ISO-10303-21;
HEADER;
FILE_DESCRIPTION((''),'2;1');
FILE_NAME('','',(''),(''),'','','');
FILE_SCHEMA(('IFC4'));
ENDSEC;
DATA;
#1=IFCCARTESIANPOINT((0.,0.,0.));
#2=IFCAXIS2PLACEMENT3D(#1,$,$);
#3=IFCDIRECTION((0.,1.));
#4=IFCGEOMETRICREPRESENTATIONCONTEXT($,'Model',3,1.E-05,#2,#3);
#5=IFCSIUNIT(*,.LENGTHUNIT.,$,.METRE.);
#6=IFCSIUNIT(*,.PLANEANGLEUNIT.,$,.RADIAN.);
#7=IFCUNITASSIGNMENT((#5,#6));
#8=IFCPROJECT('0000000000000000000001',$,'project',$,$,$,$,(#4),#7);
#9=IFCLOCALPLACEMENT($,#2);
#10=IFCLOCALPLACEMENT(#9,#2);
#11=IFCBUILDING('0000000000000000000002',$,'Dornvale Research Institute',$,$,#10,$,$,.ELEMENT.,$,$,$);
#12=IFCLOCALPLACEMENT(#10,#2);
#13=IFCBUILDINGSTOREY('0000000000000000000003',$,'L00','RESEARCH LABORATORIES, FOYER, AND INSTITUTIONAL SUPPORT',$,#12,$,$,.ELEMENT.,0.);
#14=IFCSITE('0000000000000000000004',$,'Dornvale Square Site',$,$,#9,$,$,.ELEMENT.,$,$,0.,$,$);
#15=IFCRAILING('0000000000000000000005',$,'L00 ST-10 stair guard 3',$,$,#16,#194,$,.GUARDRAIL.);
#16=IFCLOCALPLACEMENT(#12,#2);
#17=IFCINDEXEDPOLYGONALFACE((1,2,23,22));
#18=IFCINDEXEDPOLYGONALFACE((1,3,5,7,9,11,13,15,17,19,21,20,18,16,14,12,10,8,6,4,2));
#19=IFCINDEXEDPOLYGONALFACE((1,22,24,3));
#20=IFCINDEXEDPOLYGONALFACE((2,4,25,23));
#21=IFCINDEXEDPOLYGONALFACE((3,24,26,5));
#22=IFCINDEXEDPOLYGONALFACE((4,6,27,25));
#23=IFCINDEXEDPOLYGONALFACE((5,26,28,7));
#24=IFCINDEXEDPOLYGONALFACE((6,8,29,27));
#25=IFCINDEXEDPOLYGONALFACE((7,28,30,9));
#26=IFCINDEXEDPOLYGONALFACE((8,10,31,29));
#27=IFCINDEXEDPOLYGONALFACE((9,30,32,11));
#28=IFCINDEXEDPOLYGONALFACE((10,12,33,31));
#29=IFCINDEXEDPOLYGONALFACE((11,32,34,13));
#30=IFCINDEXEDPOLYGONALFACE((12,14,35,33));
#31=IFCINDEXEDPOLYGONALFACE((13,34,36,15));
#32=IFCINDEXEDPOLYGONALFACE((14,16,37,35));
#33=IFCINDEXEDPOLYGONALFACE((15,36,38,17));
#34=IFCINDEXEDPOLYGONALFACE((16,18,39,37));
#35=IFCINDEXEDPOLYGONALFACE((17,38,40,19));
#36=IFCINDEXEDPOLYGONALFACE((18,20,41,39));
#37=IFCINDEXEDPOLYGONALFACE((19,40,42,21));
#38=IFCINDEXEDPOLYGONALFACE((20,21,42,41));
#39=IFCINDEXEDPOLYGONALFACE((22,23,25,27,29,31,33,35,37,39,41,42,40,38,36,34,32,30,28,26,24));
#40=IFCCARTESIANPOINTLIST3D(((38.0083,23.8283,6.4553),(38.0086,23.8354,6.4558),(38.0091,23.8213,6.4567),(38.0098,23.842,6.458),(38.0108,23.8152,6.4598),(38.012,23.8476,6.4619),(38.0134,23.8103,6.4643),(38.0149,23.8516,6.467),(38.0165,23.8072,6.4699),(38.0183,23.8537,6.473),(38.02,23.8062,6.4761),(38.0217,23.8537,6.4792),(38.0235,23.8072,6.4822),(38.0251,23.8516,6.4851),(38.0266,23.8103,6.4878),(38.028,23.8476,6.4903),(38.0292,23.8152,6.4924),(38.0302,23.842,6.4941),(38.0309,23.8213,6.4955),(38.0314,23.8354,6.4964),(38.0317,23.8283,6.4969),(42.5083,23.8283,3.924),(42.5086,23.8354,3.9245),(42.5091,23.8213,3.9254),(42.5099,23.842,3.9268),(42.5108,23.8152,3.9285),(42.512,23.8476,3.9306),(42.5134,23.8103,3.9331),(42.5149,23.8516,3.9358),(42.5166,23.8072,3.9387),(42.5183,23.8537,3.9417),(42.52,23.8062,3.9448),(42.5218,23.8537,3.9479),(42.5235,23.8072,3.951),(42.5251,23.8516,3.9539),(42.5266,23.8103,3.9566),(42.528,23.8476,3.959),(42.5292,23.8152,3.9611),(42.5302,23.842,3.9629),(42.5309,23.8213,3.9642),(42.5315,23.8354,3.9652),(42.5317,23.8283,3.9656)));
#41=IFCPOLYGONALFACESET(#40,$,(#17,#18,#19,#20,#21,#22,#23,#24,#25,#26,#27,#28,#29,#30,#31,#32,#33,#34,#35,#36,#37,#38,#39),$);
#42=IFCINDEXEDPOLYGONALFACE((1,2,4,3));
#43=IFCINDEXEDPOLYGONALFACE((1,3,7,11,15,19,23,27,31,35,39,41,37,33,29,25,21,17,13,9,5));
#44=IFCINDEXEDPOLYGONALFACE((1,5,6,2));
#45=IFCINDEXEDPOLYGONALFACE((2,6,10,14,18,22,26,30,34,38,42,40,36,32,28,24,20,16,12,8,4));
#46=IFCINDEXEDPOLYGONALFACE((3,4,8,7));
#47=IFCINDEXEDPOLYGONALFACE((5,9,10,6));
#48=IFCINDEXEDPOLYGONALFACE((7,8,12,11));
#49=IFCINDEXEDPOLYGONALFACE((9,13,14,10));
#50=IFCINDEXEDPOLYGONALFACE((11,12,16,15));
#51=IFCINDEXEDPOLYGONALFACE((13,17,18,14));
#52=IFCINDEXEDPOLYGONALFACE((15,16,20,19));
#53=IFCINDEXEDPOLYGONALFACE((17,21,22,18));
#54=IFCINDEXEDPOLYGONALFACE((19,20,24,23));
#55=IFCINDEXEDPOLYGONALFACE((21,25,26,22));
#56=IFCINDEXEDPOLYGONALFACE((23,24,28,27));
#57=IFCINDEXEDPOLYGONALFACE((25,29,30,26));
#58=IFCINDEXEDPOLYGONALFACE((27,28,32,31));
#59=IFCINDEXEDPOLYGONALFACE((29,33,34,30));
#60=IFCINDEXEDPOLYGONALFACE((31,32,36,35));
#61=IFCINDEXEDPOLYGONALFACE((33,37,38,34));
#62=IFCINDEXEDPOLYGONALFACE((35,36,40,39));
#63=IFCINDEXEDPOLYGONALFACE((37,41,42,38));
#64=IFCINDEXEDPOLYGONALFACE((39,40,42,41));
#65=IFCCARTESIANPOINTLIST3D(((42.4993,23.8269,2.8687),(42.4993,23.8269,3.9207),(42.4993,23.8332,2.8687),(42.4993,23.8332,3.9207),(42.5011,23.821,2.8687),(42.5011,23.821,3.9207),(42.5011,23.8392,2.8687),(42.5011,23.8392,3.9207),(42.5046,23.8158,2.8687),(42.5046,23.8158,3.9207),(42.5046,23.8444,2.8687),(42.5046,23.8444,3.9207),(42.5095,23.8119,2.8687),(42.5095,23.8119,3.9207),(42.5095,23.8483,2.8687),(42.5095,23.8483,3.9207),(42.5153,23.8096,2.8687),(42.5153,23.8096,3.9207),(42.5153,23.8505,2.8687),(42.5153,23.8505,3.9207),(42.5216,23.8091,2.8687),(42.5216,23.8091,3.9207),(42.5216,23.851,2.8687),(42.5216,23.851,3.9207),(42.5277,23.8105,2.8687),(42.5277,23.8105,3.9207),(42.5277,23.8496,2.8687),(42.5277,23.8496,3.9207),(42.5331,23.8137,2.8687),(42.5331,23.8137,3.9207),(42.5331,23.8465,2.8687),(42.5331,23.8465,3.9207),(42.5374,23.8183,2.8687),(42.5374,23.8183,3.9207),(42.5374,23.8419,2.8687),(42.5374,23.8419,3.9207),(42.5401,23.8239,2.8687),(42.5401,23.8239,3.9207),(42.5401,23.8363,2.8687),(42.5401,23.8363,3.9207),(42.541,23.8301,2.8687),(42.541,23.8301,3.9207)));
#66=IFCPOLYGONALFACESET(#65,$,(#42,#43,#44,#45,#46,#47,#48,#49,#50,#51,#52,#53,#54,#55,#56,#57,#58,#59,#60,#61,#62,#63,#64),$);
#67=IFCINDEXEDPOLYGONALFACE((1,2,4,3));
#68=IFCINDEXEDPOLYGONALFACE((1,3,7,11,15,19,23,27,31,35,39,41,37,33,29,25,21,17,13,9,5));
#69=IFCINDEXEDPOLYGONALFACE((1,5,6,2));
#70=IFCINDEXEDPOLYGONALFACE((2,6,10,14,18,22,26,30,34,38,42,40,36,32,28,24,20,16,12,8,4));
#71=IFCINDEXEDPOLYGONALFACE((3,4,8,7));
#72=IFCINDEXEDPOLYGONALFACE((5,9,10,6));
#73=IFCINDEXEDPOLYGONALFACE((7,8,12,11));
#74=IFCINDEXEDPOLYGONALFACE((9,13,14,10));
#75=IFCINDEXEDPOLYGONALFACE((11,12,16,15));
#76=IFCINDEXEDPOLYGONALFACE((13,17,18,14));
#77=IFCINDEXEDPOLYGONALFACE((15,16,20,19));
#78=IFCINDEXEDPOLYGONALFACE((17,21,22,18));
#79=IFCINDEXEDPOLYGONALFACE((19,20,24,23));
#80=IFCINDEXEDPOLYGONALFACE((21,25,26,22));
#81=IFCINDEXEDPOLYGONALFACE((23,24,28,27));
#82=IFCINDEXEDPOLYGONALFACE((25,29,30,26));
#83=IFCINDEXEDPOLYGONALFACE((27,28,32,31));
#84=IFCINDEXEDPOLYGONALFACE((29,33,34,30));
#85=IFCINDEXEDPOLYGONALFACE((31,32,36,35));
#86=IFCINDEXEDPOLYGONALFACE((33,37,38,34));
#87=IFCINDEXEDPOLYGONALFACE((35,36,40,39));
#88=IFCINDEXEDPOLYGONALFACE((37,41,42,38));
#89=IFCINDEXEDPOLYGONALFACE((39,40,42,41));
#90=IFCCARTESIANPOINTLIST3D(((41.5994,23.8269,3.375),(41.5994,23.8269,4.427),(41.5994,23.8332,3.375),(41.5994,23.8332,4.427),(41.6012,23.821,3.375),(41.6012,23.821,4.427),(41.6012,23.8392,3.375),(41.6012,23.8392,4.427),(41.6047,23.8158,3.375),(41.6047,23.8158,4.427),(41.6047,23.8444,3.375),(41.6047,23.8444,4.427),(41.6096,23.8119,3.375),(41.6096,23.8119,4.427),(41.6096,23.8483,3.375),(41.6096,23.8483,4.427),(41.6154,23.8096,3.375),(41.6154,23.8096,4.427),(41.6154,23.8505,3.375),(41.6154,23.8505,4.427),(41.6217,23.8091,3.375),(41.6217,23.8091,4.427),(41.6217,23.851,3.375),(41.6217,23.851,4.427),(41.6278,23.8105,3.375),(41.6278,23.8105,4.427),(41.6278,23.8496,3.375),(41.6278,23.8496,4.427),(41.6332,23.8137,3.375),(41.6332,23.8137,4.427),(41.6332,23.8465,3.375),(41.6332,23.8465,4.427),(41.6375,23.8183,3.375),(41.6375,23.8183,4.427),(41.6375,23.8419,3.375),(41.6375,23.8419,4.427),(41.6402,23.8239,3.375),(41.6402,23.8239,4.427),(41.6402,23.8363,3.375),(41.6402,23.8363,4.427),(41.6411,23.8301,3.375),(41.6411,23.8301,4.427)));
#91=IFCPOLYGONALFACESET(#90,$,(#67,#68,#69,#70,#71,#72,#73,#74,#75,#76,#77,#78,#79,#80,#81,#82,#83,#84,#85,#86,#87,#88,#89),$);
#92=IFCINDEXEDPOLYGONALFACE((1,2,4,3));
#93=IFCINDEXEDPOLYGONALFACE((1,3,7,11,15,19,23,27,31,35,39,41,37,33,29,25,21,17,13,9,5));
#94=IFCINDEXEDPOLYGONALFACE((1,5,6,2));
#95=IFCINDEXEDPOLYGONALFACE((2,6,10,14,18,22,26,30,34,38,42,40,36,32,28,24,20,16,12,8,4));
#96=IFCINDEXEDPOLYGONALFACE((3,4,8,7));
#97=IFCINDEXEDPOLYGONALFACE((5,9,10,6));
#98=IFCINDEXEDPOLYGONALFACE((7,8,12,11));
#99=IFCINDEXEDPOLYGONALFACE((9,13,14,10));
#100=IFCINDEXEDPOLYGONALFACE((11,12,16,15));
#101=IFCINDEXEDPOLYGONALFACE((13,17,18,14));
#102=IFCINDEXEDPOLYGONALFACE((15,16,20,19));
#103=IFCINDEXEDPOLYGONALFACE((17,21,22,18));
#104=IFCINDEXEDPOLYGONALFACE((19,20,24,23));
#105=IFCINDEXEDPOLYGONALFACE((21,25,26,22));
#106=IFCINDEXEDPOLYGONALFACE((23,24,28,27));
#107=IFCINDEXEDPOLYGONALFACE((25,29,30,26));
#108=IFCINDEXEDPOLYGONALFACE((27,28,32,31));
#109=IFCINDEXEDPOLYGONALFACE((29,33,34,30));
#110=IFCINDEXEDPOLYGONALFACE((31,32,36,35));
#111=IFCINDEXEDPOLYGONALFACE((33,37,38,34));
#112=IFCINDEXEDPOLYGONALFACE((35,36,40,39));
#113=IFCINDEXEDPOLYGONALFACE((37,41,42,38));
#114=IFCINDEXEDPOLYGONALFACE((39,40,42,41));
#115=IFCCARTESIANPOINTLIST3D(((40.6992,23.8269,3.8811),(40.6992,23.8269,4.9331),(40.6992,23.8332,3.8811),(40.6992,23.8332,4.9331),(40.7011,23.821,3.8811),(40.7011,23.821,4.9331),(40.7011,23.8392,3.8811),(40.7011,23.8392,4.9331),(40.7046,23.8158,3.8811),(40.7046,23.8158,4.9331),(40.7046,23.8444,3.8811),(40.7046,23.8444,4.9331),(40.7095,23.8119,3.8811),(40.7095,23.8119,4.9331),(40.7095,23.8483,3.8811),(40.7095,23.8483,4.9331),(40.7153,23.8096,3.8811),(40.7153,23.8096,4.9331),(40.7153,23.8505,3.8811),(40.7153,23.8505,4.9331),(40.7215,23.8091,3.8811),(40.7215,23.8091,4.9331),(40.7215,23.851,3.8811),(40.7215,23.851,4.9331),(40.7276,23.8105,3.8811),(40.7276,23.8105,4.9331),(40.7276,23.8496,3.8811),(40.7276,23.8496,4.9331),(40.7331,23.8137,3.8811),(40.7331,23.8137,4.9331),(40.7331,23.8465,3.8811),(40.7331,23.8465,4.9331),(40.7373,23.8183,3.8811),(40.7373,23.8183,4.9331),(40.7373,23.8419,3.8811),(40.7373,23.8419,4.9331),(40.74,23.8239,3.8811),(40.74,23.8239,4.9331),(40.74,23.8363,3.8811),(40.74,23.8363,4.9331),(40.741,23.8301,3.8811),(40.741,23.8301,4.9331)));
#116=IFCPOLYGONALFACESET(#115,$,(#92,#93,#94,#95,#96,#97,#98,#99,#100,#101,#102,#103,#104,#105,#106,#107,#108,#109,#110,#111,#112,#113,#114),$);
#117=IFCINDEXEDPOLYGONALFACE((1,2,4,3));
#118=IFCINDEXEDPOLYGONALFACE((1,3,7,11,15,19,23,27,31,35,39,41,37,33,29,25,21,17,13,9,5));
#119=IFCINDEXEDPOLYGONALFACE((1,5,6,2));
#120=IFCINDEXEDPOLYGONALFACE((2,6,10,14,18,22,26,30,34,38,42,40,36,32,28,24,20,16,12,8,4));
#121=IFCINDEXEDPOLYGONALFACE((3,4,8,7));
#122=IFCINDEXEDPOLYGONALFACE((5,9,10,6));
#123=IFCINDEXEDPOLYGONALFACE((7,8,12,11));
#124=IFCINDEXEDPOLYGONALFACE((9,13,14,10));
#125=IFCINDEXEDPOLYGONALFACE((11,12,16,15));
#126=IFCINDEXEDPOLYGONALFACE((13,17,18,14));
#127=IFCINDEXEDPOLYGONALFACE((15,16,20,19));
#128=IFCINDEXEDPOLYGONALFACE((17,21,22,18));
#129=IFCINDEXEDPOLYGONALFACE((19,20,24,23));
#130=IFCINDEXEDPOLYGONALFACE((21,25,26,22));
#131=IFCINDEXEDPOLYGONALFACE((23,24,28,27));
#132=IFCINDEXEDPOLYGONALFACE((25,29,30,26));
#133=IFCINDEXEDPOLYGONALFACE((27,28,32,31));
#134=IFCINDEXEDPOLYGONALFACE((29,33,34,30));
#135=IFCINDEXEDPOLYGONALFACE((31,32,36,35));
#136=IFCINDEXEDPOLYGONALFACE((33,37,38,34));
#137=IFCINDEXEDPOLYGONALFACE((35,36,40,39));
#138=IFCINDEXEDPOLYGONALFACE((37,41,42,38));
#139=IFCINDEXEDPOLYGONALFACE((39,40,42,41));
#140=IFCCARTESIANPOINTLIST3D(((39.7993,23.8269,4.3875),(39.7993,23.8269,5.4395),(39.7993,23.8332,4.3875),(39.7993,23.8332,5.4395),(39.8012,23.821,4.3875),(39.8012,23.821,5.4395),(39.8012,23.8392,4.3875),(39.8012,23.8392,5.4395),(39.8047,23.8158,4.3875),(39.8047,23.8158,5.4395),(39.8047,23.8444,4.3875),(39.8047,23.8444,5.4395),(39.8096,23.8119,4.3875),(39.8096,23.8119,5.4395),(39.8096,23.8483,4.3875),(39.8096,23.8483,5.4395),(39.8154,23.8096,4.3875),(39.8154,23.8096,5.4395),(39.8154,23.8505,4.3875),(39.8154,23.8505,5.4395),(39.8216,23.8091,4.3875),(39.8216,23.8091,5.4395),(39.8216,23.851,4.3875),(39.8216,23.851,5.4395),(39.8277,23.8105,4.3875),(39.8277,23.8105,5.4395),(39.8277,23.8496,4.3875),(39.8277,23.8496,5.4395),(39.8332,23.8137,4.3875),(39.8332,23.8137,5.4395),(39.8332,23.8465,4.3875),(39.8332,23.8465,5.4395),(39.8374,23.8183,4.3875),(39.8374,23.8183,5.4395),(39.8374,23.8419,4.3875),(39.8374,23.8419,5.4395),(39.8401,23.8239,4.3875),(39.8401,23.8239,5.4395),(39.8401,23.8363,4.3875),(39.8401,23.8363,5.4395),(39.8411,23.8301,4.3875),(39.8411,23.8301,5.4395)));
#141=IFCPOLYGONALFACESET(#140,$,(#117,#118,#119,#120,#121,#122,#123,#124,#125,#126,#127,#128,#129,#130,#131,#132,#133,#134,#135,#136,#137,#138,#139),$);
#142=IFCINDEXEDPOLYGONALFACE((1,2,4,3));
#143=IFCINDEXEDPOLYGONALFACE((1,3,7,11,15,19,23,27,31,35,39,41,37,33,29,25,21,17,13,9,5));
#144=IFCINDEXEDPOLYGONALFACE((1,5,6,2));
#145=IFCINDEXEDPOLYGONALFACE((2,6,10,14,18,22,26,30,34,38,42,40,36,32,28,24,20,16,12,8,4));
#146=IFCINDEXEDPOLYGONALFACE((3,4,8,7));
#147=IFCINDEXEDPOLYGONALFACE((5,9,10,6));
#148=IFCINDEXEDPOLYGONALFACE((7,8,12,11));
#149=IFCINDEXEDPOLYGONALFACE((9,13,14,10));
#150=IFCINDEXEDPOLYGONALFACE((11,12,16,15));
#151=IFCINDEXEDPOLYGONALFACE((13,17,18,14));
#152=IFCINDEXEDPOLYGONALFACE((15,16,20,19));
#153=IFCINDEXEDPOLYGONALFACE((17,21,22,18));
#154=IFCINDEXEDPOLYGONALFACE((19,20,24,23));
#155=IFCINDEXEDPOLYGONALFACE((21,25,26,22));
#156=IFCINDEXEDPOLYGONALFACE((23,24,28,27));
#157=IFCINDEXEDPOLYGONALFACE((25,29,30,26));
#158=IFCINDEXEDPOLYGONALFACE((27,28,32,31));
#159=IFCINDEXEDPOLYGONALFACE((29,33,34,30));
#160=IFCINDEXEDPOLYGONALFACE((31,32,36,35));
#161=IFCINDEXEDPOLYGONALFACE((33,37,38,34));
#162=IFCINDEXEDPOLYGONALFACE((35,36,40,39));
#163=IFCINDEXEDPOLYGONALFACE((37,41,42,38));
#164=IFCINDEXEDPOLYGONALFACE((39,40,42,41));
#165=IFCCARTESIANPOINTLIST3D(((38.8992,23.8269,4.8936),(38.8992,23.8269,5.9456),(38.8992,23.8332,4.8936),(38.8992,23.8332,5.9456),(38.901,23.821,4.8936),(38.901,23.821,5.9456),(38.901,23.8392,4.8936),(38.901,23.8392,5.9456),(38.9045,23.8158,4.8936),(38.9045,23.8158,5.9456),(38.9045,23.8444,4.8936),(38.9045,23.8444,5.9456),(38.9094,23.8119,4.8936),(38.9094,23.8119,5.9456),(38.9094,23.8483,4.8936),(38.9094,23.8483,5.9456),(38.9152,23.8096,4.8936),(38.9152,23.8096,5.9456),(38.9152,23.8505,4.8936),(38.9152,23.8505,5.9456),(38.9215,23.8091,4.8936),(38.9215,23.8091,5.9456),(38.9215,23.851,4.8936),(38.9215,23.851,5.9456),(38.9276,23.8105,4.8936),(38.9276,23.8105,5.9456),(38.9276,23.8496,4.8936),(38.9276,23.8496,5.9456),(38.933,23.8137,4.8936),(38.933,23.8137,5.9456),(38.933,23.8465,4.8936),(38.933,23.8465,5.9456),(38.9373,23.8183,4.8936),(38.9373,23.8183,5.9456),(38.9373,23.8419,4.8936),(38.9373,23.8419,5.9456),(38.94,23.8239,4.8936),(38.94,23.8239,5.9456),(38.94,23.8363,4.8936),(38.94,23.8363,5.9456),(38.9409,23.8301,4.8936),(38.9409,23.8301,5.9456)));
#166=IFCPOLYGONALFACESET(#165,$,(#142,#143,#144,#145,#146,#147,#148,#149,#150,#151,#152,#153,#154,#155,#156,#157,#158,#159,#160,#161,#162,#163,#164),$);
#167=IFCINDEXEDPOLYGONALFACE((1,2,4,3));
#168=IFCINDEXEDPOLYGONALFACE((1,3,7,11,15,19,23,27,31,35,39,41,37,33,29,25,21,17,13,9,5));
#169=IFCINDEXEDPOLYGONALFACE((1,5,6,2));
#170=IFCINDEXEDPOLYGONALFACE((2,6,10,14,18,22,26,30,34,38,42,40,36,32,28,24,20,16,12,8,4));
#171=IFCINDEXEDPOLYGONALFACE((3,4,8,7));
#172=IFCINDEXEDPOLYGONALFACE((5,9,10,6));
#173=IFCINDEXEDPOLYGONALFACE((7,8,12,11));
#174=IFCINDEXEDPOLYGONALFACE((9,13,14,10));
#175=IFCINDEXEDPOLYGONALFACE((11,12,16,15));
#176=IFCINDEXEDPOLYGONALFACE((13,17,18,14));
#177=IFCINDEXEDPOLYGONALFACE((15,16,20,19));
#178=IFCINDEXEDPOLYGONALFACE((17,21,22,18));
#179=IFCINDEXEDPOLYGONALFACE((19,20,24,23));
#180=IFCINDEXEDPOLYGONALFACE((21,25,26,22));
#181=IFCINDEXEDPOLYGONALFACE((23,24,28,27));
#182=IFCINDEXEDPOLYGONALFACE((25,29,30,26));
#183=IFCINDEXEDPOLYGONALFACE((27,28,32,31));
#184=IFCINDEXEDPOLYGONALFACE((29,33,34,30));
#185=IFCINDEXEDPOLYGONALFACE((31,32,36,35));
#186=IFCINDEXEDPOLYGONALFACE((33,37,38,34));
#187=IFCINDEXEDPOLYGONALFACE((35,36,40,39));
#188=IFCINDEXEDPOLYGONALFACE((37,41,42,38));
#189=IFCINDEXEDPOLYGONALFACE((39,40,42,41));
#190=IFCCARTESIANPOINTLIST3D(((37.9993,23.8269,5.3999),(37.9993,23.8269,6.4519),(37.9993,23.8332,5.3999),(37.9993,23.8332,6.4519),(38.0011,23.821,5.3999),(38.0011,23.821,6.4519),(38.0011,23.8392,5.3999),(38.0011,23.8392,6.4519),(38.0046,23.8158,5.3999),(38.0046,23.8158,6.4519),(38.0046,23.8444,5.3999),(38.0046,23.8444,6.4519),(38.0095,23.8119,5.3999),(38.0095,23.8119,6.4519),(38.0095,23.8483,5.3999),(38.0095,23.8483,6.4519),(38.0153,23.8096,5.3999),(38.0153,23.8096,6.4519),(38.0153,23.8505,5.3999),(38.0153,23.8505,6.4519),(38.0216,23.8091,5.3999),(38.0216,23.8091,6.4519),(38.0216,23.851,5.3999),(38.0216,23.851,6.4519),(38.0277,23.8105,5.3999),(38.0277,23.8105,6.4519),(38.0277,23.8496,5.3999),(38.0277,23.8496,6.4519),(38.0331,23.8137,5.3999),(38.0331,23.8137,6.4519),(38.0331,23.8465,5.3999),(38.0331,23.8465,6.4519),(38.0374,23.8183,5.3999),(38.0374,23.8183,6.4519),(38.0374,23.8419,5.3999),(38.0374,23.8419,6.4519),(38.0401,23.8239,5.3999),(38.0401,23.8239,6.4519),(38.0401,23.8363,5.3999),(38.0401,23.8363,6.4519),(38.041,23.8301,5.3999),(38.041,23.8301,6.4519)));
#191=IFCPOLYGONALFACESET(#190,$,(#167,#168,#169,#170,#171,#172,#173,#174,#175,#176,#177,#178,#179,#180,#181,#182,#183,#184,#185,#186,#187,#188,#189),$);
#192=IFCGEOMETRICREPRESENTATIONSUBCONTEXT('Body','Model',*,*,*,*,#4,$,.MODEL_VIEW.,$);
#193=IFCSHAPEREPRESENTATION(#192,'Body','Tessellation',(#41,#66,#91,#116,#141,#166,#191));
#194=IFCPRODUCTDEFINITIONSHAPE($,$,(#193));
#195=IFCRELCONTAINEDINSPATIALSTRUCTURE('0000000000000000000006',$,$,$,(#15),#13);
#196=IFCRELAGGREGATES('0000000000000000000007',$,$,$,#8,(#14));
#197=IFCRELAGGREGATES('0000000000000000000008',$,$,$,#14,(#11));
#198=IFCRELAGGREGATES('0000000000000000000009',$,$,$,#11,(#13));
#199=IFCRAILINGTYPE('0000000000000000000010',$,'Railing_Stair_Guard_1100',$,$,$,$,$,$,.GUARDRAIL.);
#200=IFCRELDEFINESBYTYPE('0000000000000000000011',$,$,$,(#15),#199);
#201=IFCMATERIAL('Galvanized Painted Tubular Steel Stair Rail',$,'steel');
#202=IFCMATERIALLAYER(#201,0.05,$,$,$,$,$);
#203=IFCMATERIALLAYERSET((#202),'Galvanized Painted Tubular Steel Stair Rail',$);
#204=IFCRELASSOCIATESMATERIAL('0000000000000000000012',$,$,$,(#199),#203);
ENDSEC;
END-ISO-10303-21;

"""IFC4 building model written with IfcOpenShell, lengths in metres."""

from ifc_helpers import new_model, si_unit, direction, frame, origin, origin_2d, place, context, subcontext, project, spatial, circle, extrude, material, layer, layer_set, type_object, element, save


model = new_model("IFC4")

# Units and contexts
model_context = context("Model", 3, precision=1e-05, world=origin(), true_north=direction((0.0, 1.0)))
body_context = subcontext(model_context, "Body", "Model", "MODEL_VIEW")
ifc_project = project(units=[si_unit("LENGTHUNIT", "METRE"), si_unit("PLANEANGLEUNIT", "RADIAN")], contexts=[model_context])

# Site, building, storey
site_placement = place(None, origin())
site = spatial("IfcSite", under=ifc_project, at=site_placement, Name="Dornvale Square Site", CompositionType="ELEMENT", RefElevation=0.0)
building_placement = place(site_placement, origin())
building = spatial("IfcBuilding", under=site, at=building_placement, Name="Dornvale Research Institute", CompositionType="ELEMENT")
storey_placement = place(building_placement, origin())
storey = spatial("IfcBuildingStorey", under=building, at=storey_placement, Name="L00", Description="RESEARCH LABORATORIES, FOYER, AND INSTITUTIONAL SUPPORT", CompositionType="ELEMENT", Elevation=0.0)

# Railing
ifc_material_1 = material(Name="Galvanized Painted Tubular Steel Stair Rail", Category="steel")
ifc_layer_1 = layer(ifc_material_1, 0.05)
ifc_layer_set_1 = layer_set([ifc_layer_1], Name="Galvanized Painted Tubular Steel Stair Rail")
railing_type_1 = type_object("IfcRailingType", Name="Railing_Stair_Guard_1100", PredefinedType="GUARDRAIL", material=ifc_layer_set_1)
railing_1_placement = place(storey_placement, frame((42.52, 23.8301, 2.8687)))
element("IfcRailing", 1, at=railing_1_placement, inside=storey, type_object=railing_type_1, Name="L00 ST-10 stair guard 3", PredefinedType="GUARDRAIL", context=body_context, shape_type="SweptSolid", body=[
    extrude(circle(Radius=0.0239, at=origin_2d()), frame((0.0, 0.0, 1.0762), z_axis=(-0.871576, 0.0, 0.490261), x_axis=(0.0, -1.0, 0.0)), (0.0, 0.0, 1.0), 5.1631),
    extrude(circle(Radius=0.021, at=origin_2d()), origin(), (0.0, 0.0, 1.0), 1.052),
    extrude(circle(Radius=0.021, at=origin_2d()), frame((-0.8999, 0.0, 0.5063)), (0.0, 0.0, 1.0), 1.052),
    extrude(circle(Radius=0.021, at=origin_2d()), frame((-1.8, 0.0, 1.0125)), (0.0, 0.0, 1.0), 1.052),
    extrude(circle(Radius=0.021, at=origin_2d()), frame((-2.7, 0.0, 1.5188)), (0.0, 0.0, 1.0), 1.052),
    extrude(circle(Radius=0.021, at=origin_2d()), frame((-3.6001, 0.0, 2.0249)), (0.0, 0.0, 1.0), 1.052),
    extrude(circle(Radius=0.021, at=origin_2d()), frame((-4.5, 0.0, 2.5312)), (0.0, 0.0, 1.0), 1.052),
])

save(model, "model.ifc")
